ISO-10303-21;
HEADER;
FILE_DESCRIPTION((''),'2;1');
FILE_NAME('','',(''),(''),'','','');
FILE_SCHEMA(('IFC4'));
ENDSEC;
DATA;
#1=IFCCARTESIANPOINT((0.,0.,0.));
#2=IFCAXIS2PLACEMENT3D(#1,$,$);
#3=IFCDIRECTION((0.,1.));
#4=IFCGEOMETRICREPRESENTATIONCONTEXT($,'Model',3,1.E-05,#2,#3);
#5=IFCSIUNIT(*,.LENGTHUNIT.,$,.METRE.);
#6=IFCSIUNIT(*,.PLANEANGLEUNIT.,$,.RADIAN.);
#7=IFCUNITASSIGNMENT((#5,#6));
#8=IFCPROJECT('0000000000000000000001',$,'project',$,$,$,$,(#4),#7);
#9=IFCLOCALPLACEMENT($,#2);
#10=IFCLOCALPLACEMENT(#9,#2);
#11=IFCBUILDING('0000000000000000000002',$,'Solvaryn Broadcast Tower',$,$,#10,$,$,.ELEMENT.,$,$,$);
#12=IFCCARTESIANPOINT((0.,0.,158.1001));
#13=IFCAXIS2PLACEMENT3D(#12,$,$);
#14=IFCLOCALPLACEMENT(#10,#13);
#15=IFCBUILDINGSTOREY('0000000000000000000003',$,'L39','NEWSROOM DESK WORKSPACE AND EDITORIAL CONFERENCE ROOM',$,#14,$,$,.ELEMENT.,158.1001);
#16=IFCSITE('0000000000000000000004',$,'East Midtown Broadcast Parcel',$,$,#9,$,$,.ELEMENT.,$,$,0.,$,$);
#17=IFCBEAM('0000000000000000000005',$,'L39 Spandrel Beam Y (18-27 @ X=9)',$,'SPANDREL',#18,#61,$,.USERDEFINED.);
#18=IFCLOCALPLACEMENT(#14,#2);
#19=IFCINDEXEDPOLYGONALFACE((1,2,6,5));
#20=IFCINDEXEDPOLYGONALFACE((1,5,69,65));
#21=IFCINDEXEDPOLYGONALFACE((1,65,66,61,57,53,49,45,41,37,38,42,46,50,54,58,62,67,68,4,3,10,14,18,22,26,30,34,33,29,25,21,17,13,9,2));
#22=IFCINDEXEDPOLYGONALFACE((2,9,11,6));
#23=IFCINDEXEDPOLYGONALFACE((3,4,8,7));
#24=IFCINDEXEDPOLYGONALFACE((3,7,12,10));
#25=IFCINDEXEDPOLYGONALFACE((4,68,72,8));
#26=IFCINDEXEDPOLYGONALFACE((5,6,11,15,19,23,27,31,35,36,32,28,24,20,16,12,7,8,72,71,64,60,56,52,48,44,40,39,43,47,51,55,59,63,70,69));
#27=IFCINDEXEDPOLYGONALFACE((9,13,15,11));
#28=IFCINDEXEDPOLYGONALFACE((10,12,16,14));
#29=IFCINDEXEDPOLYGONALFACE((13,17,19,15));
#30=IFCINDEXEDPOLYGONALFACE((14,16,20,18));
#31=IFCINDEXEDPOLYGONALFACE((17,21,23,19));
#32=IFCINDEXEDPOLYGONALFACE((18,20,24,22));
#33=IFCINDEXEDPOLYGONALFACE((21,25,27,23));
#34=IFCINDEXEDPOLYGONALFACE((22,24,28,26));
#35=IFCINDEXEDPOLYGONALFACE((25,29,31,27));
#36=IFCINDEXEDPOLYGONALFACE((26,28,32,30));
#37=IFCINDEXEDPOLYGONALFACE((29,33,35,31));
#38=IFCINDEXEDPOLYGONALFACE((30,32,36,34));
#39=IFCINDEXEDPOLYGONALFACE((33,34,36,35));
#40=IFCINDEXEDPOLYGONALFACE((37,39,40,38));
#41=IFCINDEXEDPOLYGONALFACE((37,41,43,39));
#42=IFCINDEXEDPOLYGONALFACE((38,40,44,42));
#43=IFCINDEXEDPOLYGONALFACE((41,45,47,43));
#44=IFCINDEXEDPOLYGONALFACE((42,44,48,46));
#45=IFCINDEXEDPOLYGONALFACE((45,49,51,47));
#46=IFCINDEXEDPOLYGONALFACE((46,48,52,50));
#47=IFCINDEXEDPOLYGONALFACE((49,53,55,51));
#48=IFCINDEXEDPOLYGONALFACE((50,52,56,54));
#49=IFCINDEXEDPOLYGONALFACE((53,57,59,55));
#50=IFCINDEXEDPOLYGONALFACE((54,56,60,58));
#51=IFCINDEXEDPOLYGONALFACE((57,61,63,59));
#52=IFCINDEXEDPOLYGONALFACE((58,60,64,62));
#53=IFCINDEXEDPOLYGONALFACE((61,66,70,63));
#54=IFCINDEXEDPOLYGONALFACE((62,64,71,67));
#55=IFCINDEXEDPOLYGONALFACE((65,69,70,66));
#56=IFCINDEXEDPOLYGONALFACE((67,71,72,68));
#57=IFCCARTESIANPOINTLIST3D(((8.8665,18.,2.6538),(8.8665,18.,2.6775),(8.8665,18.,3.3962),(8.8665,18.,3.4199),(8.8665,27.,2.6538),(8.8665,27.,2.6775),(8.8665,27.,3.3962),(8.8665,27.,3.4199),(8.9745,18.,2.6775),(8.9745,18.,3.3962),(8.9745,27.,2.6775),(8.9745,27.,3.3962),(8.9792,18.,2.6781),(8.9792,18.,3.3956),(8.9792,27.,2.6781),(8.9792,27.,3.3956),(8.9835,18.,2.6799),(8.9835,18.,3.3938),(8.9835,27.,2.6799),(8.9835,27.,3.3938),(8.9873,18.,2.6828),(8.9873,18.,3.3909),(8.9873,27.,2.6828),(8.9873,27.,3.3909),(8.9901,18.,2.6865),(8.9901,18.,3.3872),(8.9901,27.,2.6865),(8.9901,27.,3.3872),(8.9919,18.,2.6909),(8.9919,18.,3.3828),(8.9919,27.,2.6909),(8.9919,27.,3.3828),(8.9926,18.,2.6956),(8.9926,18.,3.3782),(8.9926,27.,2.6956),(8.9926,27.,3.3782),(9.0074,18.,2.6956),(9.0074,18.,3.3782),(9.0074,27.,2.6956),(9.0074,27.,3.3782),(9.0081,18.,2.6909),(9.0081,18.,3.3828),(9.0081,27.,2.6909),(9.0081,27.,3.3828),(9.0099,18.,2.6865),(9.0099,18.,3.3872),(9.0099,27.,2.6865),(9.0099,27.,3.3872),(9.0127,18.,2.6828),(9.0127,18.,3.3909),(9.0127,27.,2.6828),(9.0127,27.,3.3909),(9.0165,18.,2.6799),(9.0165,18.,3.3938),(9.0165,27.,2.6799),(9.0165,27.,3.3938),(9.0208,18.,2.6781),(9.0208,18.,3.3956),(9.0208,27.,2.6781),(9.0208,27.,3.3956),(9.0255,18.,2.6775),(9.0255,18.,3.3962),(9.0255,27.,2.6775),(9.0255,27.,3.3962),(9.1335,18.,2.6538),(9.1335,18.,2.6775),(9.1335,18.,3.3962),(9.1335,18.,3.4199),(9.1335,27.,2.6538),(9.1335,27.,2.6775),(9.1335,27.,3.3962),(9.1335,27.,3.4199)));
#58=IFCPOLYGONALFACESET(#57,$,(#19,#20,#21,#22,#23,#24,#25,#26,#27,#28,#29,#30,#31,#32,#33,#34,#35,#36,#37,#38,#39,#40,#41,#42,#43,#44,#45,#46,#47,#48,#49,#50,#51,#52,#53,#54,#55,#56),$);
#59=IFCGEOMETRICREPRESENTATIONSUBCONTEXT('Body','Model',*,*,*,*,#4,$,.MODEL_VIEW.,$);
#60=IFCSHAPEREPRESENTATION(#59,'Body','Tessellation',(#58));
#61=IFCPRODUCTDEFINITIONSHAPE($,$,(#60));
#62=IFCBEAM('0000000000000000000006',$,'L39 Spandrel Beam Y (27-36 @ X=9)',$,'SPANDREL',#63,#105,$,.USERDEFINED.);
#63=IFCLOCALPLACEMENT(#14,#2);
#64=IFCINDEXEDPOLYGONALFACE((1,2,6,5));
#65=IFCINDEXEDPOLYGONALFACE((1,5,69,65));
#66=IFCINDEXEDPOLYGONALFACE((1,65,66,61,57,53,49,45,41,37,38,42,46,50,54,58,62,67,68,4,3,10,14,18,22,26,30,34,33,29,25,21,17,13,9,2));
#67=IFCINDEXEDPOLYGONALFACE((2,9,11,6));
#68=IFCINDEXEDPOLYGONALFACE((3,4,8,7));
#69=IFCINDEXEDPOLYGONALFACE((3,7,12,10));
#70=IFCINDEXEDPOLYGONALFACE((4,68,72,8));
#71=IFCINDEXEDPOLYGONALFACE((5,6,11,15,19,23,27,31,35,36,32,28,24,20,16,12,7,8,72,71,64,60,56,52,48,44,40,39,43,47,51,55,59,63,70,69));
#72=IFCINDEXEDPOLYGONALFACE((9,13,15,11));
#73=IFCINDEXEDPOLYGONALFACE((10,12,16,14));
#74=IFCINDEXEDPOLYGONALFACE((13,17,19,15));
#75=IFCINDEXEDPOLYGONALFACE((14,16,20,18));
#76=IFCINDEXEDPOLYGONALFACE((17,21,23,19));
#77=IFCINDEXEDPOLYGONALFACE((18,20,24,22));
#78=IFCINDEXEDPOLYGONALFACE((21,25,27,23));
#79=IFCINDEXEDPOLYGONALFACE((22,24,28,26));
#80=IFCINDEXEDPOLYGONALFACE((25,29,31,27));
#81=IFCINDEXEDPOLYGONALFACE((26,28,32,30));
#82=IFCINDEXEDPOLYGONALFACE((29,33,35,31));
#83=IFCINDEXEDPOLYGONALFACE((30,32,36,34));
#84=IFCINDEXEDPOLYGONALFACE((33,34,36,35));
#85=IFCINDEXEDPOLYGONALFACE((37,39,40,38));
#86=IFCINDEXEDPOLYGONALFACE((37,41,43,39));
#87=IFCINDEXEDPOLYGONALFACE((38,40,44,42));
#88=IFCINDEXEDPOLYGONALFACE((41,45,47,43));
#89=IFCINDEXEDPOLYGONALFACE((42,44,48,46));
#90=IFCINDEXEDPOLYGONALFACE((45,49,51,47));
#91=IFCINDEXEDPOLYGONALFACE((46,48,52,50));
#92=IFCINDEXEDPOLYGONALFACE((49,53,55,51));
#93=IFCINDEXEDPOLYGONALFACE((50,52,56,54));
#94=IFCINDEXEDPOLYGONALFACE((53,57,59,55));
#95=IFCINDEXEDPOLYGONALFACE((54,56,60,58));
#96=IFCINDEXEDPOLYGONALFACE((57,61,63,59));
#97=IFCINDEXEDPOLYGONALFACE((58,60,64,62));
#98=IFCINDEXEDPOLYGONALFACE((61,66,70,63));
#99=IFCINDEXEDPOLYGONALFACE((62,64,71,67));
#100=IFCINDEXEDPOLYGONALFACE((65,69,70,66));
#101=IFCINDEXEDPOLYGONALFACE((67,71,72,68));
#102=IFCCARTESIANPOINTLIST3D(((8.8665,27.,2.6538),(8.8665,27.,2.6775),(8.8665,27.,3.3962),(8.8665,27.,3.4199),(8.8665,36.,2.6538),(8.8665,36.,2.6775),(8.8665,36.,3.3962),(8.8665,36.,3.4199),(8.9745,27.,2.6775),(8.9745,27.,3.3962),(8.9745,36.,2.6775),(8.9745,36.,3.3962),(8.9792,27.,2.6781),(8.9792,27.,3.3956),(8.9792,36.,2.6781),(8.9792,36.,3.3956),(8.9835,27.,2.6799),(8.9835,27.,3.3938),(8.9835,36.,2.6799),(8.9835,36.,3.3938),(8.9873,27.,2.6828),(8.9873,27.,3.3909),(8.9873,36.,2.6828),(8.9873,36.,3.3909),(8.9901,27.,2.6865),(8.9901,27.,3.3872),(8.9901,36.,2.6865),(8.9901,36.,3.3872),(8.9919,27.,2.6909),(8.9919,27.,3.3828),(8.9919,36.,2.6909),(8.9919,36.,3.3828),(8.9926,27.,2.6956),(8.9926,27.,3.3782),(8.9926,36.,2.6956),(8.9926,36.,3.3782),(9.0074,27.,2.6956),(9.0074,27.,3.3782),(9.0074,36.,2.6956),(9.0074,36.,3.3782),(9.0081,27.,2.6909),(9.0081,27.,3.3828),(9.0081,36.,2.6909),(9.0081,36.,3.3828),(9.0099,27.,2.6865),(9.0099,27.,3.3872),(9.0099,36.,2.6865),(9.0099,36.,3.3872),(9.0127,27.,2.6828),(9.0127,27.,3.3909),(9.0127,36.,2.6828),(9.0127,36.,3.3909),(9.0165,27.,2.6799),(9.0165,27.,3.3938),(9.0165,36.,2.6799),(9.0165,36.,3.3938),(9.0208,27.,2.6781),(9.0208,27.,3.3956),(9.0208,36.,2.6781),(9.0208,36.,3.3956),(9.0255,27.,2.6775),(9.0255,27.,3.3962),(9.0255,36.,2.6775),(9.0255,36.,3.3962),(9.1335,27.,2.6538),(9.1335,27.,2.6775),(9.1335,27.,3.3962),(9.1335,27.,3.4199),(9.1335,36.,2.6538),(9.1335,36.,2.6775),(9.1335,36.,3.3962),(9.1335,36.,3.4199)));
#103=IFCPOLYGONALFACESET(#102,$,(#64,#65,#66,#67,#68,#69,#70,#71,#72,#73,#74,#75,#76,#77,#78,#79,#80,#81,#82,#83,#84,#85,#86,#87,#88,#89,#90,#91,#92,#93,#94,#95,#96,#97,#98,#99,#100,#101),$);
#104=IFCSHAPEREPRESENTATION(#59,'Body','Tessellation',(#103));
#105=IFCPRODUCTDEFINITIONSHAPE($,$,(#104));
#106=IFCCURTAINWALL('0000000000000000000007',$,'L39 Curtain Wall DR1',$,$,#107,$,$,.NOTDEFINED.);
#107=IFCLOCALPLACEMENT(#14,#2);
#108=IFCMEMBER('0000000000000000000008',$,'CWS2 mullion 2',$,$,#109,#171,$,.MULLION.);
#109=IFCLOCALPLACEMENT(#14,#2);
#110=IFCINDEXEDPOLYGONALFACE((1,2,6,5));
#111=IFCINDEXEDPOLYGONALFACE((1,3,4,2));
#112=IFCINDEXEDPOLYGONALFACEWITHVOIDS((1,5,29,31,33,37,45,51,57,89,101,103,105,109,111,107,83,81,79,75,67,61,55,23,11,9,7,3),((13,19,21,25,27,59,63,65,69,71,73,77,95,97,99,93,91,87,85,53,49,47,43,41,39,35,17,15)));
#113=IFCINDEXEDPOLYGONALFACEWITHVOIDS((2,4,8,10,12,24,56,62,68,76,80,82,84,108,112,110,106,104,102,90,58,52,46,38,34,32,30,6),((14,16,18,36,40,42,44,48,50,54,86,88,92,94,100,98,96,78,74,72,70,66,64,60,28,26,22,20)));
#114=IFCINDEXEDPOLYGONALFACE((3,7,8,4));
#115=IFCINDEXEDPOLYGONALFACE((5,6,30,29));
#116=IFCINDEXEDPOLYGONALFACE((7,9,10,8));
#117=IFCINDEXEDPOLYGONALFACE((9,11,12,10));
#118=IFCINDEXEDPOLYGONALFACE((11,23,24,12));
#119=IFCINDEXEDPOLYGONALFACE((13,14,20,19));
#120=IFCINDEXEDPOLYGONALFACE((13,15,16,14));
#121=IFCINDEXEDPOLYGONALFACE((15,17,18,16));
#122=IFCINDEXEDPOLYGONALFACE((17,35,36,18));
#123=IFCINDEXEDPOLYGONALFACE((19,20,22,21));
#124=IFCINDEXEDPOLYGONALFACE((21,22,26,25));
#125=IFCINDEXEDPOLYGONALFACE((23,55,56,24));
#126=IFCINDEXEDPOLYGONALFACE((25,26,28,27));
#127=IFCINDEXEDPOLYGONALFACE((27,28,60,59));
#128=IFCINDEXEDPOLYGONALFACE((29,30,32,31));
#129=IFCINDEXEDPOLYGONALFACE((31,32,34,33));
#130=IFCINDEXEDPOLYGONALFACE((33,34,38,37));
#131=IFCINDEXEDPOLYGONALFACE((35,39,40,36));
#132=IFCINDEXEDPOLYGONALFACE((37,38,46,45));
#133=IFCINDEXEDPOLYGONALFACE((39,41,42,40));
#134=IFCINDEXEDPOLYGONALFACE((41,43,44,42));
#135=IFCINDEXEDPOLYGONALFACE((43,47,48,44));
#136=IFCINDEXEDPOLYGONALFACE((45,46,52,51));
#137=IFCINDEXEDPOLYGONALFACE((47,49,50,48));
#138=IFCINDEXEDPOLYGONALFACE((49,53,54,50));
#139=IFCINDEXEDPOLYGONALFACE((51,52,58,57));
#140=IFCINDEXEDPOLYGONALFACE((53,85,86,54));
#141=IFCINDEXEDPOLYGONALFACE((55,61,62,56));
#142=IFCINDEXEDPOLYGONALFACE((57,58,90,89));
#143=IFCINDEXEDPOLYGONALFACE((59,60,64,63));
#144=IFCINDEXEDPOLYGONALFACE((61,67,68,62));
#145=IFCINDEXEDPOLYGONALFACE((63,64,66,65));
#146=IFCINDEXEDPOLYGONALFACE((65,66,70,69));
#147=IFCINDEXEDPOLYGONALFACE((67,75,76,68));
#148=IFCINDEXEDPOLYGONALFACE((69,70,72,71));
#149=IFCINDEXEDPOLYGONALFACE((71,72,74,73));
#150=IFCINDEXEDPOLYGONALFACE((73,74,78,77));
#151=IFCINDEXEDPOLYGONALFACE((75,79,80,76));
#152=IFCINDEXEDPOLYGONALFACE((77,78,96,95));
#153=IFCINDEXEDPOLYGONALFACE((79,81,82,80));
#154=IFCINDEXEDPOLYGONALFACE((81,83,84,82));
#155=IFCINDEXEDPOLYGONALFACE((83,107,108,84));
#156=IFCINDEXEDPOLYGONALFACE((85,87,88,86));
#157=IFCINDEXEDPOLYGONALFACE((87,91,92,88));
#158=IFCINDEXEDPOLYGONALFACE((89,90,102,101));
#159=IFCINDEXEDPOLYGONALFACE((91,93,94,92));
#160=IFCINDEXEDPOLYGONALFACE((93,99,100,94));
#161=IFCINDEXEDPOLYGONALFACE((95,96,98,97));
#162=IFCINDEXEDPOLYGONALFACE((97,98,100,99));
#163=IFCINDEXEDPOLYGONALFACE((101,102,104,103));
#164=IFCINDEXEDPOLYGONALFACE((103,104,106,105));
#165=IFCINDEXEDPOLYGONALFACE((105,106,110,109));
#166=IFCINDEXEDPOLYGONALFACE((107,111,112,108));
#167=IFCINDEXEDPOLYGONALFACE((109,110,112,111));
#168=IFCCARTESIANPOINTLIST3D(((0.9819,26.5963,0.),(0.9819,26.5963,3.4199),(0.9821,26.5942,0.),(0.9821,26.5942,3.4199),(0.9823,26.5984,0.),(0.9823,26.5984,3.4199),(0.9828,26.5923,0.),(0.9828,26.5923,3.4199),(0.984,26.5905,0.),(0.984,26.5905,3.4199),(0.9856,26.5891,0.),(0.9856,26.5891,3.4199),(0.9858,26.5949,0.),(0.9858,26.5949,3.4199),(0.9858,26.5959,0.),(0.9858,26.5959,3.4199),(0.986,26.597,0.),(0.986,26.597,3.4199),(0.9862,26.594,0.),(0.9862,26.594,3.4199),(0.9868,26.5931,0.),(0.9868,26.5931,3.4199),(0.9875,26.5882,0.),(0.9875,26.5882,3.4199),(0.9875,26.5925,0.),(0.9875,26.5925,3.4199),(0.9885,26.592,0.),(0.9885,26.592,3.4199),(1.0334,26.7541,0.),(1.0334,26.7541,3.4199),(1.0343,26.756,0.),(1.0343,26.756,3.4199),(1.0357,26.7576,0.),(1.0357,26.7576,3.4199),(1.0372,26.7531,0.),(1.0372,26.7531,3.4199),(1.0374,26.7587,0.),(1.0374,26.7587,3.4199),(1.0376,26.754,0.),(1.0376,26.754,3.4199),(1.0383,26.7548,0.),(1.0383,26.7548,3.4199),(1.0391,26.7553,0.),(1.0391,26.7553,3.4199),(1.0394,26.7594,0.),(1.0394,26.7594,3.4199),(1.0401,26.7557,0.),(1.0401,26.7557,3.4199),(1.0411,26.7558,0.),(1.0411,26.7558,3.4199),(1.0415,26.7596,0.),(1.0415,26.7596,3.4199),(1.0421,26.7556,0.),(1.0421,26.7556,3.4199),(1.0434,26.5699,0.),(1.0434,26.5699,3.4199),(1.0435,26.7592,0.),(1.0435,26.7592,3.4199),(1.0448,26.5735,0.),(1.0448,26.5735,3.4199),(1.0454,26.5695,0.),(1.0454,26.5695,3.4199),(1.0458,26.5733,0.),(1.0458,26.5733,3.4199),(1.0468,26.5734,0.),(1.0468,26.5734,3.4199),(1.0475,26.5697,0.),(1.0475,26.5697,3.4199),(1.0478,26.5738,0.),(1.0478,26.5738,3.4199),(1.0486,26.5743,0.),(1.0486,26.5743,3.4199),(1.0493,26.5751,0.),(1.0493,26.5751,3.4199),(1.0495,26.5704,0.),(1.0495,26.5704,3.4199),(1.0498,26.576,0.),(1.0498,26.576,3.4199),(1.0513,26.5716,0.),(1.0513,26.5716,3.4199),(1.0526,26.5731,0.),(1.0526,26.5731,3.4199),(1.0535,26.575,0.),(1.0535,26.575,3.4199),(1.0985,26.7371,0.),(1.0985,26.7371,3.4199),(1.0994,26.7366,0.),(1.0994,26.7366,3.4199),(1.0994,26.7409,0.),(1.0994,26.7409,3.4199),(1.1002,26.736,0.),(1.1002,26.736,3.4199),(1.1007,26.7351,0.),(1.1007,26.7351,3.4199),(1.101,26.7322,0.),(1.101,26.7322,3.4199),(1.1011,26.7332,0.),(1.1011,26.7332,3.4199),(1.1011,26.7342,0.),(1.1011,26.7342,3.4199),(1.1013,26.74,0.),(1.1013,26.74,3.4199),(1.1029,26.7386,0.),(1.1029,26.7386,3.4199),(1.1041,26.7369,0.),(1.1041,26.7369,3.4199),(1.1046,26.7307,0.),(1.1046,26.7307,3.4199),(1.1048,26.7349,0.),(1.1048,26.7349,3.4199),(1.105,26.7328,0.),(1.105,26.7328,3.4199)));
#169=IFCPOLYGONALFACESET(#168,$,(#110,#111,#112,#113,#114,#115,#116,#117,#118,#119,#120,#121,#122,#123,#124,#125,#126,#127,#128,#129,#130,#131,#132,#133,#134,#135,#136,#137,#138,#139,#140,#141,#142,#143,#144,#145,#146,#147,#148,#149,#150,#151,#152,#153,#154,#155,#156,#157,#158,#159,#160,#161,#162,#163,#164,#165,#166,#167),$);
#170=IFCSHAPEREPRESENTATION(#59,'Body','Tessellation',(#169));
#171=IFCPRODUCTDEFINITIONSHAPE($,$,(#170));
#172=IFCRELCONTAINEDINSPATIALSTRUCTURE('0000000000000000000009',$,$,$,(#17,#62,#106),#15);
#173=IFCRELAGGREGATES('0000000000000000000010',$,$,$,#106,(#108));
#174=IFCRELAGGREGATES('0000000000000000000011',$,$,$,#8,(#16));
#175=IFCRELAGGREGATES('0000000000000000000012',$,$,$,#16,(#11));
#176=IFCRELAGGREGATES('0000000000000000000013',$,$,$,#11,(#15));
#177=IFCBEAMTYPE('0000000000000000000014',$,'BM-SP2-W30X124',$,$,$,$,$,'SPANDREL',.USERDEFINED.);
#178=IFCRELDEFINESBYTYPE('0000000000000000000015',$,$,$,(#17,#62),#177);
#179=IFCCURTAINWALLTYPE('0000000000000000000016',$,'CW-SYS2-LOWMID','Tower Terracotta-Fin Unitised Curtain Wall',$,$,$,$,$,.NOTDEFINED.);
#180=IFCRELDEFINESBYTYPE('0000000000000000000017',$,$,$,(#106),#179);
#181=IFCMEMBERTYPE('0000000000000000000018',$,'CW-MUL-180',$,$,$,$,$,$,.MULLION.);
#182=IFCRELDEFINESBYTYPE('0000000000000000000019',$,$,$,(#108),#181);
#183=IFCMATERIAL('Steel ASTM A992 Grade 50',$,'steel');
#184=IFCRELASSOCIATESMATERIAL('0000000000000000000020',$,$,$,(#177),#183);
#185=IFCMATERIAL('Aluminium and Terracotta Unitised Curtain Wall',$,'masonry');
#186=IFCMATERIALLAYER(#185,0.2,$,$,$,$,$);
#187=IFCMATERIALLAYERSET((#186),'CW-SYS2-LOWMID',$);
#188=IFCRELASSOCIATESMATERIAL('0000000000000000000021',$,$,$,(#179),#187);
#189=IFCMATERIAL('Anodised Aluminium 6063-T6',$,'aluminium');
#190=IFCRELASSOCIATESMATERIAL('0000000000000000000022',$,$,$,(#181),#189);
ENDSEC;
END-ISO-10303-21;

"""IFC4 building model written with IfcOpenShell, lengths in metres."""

from ifc_helpers import new_model, si_unit, direction, frame, origin, origin_2d, place, context, subcontext, project, spatial, hollow_rectangle, i_section, extrude, material, layer, layer_set, material_profile, profile_set, type_object, element, aggregate, save


model = new_model("IFC4")

# Units and contexts
model_context = context("Model", 3, precision=1e-05, world=origin(), true_north=direction((0.0, 1.0)))
body_context = subcontext(model_context, "Body", "Model", "MODEL_VIEW")
ifc_project = project(units=[si_unit("LENGTHUNIT", "METRE"), si_unit("PLANEANGLEUNIT", "RADIAN")], contexts=[model_context])

# Site, building, storey
site_placement = place(None, origin())
site = spatial("IfcSite", under=ifc_project, at=site_placement, Name="East Midtown Broadcast Parcel", CompositionType="ELEMENT", RefElevation=0.0)
building_placement = place(site_placement, origin())
building = spatial("IfcBuilding", under=site, at=building_placement, Name="Solvaryn Broadcast Tower", CompositionType="ELEMENT")
storey_placement = place(building_placement, frame((0.0, 0.0, 158.1001)))
storey = spatial("IfcBuildingStorey", under=building, at=storey_placement, Name="L39", Description="NEWSROOM DESK WORKSPACE AND EDITORIAL CONFERENCE ROOM", CompositionType="ELEMENT", Elevation=158.1001)

# Beams
ifc_material_1 = material(Name="Steel ASTM A992 Grade 50", Category="steel")
ifc_material_profile_1 = material_profile(ifc_material_1, i_section(OverallWidth=0.2671, OverallDepth=0.7661, WebThickness=0.0149, FlangeThickness=0.0237, FilletRadius=0.0181, at=origin_2d()))
ifc_profile_set_1 = profile_set([ifc_material_profile_1], Name="Steel ASTM A992 Grade 50")
beam_type_1 = type_object("IfcBeamType", Name="BM-SP2-W30X124", ElementType="SPANDREL", PredefinedType="USERDEFINED", material=ifc_profile_set_1)
for number, where, z_axis, x_axis, name in (
    (1, (9.0, 18.0, 3.0369), (0.0, 1.0, 0.0), (-1.0, 0.0, 0.0), "L39 Spandrel Beam Y (18-27 @ X=9)"),
    (2, (9.0, 27.0, 3.0369), (0.0, 1.0, 0.0), (-1.0, 0.0, 0.0), "L39 Spandrel Beam Y (27-36 @ X=9)"),
):
    element("IfcBeam", number, at=place(storey_placement, frame(where, z_axis=z_axis, x_axis=x_axis)), inside=storey, type_object=beam_type_1, Name=name, ObjectType="SPANDREL", PredefinedType="USERDEFINED", context=body_context, shape_type="SweptSolid", body=[
        extrude(i_section(OverallWidth=0.2671, OverallDepth=0.7661, WebThickness=0.0149, FlangeThickness=0.0237, FilletRadius=0.0181, at=origin_2d()), origin(), (0.0, 0.0, 1.0), 9.0),
    ])

# Curtain wall, member
ifc_material_2 = material(Name="Aluminium and Terracotta Unitised Curtain Wall", Category="masonry")
ifc_layer_1 = layer(ifc_material_2, 0.2)
ifc_layer_set_1 = layer_set([ifc_layer_1], Name="CW-SYS2-LOWMID")
curtain_wall_type = type_object("IfcCurtainWallType", Name="CW-SYS2-LOWMID", Description="Tower Terracotta-Fin Unitised Curtain Wall", PredefinedType="NOTDEFINED", material=ifc_layer_set_1)
curtain_wall_1_placement = place(storey_placement, origin())
curtain_wall_1 = element("IfcCurtainWall", 3, at=curtain_wall_1_placement, inside=storey, type_object=curtain_wall_type, Name="L39 Curtain Wall DR1", PredefinedType="NOTDEFINED")
ifc_material_3 = material(Name="Anodised Aluminium 6063-T6", Category="aluminium")
ifc_material_profile_2 = material_profile(ifc_material_3, hollow_rectangle(XDim=0.075, YDim=0.1799, WallThickness=0.0039, InnerFilletRadius=0.0039, OuterFilletRadius=0.0081, at=origin_2d()))
ifc_profile_set_2 = profile_set([ifc_material_profile_2], Name="Anodised Aluminium 6063-T6")
member_type_1 = type_object("IfcMemberType", Name="CW-MUL-180", PredefinedType="MULLION", material=ifc_profile_set_2)
member_1_placement = place(storey_placement, frame((1.0435, 26.6646, 0.0), z_axis=(0.0, 0.0, 1.0), x_axis=(0.950198, -0.311646, 0.0)))
member_1 = element("IfcMember", 4, at=member_1_placement, type_object=member_type_1, Name="CWS2 mullion 2", PredefinedType="MULLION", context=body_context, shape_type="SweptSolid", body=[
    extrude(hollow_rectangle(XDim=0.075, YDim=0.1799, WallThickness=0.0039, InnerFilletRadius=0.0039, OuterFilletRadius=0.0081, at=origin_2d()), origin(), (0.0, 0.0, 1.0), 3.4199),
])
aggregate(curtain_wall_1, [member_1])

save(model, "model.ifc")
